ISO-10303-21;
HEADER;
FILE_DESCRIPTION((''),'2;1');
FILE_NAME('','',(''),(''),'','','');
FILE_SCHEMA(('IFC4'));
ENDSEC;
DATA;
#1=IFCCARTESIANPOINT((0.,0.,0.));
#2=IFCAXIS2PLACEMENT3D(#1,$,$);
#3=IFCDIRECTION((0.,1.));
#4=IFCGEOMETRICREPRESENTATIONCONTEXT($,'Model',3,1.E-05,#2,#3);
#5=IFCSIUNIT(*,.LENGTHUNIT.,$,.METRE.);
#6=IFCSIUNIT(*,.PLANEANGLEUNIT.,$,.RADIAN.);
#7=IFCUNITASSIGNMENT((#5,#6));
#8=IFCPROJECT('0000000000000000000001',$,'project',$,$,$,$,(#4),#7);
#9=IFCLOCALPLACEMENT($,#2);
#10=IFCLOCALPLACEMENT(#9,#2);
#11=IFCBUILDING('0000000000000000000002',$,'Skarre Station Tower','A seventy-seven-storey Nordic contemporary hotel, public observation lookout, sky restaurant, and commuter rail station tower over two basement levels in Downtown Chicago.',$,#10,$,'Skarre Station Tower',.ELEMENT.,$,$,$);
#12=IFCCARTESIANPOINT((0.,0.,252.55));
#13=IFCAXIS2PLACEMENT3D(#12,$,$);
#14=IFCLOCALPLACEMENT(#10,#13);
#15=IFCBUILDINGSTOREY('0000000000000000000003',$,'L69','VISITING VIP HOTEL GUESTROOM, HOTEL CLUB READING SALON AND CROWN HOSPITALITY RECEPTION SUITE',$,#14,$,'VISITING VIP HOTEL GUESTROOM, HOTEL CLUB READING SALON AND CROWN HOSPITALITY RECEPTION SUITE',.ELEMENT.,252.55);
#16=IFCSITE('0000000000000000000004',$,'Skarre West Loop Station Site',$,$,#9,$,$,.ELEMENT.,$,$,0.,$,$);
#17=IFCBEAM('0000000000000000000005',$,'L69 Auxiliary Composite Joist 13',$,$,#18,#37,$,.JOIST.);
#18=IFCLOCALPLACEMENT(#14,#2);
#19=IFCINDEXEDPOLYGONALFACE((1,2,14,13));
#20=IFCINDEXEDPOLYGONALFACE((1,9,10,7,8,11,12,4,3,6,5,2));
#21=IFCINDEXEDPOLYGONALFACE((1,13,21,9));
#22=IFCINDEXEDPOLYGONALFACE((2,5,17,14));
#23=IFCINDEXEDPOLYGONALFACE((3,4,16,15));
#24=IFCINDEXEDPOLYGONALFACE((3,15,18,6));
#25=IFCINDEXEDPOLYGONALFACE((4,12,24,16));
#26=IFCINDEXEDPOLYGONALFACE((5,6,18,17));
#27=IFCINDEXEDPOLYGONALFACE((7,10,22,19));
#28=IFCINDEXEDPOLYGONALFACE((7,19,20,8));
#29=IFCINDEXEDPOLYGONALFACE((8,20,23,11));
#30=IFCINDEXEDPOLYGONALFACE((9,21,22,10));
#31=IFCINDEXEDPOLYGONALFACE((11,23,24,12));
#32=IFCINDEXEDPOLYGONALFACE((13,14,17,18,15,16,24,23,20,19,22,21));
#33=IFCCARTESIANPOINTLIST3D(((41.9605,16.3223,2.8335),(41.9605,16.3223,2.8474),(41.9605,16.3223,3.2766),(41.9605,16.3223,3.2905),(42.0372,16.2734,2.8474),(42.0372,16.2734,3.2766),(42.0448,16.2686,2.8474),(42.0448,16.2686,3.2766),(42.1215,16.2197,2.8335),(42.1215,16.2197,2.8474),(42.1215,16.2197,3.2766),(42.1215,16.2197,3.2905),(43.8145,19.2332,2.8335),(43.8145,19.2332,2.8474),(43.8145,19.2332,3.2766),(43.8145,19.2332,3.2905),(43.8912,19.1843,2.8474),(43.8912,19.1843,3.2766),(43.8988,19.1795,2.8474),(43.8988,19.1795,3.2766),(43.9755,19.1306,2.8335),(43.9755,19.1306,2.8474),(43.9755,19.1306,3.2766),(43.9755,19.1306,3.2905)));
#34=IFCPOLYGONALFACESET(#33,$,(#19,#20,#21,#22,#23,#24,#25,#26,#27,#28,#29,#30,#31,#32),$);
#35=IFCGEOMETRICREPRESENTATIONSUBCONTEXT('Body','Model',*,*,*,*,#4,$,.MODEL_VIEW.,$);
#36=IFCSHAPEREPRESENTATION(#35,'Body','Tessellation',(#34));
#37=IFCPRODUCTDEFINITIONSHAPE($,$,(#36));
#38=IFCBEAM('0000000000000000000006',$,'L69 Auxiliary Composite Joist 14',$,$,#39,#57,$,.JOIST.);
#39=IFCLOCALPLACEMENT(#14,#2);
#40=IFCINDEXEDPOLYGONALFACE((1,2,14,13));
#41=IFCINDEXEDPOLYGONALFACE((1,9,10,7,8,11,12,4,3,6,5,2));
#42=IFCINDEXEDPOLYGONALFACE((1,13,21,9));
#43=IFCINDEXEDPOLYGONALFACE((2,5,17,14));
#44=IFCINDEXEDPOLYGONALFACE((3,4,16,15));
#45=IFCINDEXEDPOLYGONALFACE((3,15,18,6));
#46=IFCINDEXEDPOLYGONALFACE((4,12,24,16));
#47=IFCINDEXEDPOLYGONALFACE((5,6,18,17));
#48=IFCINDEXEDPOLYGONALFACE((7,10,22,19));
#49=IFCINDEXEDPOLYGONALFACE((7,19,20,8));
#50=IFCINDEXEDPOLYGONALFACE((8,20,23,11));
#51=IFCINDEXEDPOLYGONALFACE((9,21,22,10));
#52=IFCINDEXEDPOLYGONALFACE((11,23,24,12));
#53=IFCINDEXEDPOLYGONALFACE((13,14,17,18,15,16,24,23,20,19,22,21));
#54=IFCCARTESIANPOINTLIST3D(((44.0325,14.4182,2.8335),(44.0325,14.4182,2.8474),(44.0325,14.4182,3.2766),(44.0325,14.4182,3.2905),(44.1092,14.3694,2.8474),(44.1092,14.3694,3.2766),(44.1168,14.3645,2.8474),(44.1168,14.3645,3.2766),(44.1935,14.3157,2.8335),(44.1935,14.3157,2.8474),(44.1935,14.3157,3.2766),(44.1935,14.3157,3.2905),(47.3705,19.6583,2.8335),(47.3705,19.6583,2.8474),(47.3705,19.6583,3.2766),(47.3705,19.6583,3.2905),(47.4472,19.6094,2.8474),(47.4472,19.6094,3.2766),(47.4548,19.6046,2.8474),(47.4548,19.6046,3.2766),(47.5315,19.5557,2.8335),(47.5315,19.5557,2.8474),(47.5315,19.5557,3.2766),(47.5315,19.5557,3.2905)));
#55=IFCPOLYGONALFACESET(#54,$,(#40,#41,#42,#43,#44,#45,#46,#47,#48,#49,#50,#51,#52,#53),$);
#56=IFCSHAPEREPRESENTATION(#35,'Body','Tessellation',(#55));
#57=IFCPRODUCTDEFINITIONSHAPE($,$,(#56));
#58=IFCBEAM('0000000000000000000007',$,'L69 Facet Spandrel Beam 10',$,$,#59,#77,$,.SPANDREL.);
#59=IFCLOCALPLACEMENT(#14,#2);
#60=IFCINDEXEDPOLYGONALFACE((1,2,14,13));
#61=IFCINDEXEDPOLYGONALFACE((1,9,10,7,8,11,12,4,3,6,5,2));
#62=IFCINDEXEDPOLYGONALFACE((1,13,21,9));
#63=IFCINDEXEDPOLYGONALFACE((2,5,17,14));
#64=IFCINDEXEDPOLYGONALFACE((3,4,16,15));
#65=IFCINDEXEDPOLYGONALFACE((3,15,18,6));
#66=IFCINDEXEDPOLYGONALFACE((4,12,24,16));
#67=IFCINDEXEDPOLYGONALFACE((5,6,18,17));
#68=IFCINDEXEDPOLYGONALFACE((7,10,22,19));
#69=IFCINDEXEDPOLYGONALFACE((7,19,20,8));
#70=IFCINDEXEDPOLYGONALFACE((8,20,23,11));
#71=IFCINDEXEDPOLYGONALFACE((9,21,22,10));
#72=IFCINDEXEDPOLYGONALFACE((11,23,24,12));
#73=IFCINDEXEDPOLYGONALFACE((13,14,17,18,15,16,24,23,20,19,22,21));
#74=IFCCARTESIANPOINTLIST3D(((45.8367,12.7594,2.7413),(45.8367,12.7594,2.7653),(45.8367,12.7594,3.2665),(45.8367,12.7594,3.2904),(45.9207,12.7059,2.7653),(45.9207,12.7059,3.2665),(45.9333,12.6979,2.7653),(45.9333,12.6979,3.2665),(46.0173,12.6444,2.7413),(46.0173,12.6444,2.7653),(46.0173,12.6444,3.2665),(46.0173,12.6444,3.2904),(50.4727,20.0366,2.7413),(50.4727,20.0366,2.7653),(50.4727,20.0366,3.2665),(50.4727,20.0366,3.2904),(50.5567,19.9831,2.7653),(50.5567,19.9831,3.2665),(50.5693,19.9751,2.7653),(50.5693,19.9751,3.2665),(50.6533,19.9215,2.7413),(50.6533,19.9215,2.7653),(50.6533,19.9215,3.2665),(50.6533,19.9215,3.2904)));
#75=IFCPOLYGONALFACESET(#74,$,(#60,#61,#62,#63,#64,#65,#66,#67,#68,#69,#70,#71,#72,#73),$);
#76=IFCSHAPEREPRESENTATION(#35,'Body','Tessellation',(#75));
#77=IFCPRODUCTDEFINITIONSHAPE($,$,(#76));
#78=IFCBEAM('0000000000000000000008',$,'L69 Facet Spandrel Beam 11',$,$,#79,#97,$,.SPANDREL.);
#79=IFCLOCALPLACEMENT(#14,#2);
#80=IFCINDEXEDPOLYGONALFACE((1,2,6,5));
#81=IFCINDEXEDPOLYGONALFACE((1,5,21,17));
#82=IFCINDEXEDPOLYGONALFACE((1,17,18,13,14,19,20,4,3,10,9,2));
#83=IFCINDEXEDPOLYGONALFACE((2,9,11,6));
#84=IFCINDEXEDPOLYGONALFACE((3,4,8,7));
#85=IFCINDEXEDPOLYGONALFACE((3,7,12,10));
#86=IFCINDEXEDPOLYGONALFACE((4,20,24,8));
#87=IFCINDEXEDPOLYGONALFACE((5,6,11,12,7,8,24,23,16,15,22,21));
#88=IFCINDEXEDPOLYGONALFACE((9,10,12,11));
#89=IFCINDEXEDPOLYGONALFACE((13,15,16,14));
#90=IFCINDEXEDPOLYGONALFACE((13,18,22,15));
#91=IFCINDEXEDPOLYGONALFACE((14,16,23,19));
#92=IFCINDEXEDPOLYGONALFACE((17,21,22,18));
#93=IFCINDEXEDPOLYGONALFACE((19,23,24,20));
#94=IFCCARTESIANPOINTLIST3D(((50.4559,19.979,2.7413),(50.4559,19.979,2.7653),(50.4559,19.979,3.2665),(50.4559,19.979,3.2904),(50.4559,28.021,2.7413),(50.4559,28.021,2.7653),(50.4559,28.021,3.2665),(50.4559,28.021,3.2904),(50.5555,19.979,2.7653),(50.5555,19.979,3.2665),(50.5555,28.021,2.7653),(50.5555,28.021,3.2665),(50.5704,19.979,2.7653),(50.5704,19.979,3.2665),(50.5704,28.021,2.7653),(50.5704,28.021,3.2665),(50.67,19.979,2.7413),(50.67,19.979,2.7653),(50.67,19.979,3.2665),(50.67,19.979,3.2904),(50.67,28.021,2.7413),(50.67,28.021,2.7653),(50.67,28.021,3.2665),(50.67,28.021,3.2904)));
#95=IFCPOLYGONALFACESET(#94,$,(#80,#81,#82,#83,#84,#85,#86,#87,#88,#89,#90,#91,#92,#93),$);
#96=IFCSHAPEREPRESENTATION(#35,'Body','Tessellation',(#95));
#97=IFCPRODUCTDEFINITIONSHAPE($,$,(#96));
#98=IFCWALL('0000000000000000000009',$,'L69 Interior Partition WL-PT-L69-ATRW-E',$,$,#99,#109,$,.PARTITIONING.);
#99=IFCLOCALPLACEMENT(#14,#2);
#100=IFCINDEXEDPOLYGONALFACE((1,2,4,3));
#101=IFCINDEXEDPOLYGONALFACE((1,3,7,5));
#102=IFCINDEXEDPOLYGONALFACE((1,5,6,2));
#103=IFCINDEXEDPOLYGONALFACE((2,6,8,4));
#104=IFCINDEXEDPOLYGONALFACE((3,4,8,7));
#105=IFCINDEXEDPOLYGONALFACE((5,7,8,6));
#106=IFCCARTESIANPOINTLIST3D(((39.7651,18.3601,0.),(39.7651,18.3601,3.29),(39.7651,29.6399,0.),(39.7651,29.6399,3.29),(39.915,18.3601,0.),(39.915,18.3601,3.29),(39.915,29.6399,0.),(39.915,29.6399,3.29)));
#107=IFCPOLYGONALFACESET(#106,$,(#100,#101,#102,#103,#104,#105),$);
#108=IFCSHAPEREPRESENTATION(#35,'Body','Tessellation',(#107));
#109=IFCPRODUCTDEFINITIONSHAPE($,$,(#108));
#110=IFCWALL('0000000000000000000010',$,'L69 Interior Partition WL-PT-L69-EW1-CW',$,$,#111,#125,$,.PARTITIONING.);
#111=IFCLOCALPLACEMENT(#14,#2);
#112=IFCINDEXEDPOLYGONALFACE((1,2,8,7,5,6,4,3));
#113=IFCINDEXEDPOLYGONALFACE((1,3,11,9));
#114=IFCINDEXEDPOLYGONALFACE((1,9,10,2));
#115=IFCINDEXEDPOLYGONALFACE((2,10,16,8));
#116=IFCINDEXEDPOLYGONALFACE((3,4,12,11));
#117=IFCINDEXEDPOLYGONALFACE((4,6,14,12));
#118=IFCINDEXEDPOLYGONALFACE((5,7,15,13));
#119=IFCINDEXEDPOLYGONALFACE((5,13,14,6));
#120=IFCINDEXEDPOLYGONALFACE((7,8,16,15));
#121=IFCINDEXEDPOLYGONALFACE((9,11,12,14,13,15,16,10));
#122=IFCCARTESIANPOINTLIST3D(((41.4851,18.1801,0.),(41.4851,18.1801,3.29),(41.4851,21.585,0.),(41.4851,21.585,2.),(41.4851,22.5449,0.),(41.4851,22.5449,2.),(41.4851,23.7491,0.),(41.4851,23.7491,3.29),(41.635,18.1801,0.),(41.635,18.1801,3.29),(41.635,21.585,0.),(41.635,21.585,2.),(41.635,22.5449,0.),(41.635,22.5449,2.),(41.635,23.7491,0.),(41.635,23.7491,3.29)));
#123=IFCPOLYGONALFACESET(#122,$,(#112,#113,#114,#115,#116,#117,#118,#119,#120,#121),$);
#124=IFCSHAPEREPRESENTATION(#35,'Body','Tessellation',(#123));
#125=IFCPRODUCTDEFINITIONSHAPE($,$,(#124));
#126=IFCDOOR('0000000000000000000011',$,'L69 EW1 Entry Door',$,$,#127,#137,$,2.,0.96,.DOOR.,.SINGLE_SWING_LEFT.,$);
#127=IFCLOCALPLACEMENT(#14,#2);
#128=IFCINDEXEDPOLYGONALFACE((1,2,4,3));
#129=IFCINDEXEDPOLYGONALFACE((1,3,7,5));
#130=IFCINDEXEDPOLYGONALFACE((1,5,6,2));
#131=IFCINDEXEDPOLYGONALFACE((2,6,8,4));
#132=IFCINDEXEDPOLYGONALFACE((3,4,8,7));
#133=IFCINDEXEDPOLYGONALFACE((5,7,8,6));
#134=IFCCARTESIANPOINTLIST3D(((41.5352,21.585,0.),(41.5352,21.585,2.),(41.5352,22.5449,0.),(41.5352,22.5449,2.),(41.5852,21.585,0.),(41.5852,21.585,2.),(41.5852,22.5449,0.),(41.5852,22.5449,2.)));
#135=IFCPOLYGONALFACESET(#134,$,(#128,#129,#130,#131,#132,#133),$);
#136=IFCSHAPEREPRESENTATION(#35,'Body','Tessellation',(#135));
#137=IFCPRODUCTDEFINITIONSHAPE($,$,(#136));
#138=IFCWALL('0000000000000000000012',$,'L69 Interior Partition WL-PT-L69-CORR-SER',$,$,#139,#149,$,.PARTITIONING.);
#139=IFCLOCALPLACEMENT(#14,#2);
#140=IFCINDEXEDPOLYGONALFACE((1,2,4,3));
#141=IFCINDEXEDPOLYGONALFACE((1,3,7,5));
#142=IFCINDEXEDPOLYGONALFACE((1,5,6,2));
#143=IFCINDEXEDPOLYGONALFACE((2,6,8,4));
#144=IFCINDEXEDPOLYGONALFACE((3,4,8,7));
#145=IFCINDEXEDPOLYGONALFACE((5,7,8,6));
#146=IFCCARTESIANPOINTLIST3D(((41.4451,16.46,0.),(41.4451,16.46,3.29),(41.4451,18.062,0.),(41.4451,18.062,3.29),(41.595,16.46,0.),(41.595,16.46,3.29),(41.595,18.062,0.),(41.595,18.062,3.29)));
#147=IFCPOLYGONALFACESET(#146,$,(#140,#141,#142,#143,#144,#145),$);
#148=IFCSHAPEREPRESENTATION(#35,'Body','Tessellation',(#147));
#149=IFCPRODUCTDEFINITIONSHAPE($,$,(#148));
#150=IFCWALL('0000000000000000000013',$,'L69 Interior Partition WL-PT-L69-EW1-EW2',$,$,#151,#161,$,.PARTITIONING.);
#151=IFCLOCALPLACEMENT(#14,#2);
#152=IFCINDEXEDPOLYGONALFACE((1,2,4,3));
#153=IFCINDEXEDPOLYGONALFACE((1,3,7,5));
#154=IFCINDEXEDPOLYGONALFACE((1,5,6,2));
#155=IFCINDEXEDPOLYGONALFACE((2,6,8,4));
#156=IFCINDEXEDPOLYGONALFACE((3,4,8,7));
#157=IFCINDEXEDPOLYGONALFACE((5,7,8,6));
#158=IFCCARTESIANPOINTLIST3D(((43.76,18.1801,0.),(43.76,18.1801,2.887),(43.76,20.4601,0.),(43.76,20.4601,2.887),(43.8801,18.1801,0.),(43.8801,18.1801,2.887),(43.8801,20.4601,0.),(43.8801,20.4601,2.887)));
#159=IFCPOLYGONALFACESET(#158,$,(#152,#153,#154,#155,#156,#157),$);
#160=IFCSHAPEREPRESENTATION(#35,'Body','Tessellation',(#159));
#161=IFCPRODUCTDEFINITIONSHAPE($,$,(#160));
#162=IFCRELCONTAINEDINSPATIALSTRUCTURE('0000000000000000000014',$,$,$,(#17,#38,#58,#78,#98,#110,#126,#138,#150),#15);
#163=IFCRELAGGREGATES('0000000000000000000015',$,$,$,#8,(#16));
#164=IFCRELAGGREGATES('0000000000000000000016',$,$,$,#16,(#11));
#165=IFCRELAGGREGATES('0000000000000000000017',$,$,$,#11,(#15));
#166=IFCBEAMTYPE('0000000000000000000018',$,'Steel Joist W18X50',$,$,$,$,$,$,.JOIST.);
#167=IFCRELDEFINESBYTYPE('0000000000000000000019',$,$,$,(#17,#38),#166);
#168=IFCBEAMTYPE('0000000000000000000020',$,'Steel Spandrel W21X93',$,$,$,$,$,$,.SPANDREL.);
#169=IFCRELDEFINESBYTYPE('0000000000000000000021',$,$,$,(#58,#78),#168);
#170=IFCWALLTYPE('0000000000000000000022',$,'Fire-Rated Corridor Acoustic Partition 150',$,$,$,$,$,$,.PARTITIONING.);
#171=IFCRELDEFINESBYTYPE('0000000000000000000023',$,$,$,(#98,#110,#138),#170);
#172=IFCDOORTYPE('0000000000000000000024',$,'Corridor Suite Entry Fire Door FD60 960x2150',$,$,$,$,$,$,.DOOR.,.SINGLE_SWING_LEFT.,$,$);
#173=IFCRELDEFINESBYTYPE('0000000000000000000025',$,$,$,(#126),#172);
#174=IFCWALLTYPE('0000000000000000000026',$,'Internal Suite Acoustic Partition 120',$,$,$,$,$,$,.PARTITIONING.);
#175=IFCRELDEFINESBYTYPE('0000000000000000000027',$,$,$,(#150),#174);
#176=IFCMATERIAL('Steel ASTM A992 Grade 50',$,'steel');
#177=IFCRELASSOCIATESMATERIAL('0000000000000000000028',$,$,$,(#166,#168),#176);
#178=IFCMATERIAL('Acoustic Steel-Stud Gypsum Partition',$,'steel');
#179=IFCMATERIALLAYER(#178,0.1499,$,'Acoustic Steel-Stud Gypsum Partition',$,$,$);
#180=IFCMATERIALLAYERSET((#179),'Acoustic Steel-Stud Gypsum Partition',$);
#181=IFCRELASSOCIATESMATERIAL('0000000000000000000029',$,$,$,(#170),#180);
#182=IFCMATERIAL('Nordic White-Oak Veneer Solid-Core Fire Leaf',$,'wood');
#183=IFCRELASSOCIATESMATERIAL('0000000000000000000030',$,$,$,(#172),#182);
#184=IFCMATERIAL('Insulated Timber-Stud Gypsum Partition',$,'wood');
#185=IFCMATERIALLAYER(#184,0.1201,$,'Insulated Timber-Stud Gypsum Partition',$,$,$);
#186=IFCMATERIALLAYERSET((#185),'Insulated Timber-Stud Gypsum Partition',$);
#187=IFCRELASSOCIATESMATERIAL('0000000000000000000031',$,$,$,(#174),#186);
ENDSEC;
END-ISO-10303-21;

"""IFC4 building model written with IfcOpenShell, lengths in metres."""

from ifc_helpers import new_model, si_unit, direction, frame, frame_2d, origin, origin_2d, place, context, subcontext, project, spatial, rectangle, i_section, extrude, material, layer, layer_set, material_profile, profile_set, type_object, element, fill, save


model = new_model("IFC4")

# Units and contexts
model_context = context("Model", 3, precision=1e-05, world=origin(), true_north=direction((0.0, 1.0)))
body_context = subcontext(model_context, "Body", "Model", "MODEL_VIEW")
ifc_project = project(units=[si_unit("LENGTHUNIT", "METRE"), si_unit("PLANEANGLEUNIT", "RADIAN")], contexts=[model_context])

# Site, building, storey
site_placement = place(None, origin())
site = spatial("IfcSite", under=ifc_project, at=site_placement, Name="Skarre West Loop Station Site", CompositionType="ELEMENT", RefElevation=0.0)
building_placement = place(site_placement, origin())
building = spatial("IfcBuilding", under=site, at=building_placement, Name="Skarre Station Tower", Description="A seventy-seven-storey Nordic contemporary hotel, public observation lookout, sky restaurant, and commuter rail station tower over two basement levels in Downtown Chicago.", LongName="Skarre Station Tower", CompositionType="ELEMENT")
storey_placement = place(building_placement, frame((0.0, 0.0, 252.55)))
storey = spatial("IfcBuildingStorey", under=building, at=storey_placement, Name="L69", Description="VISITING VIP HOTEL GUESTROOM, HOTEL CLUB READING SALON AND CROWN HOSPITALITY RECEPTION SUITE", LongName="VISITING VIP HOTEL GUESTROOM, HOTEL CLUB READING SALON AND CROWN HOSPITALITY RECEPTION SUITE", CompositionType="ELEMENT", Elevation=252.55)

# Beams
ifc_material_1 = material(Name="Steel ASTM A992 Grade 50", Category="steel")
ifc_material_profile_1 = material_profile(ifc_material_1, i_section(OverallWidth=0.1909, OverallDepth=0.457, WebThickness=0.009, FlangeThickness=0.0139, at=origin_2d()), Name="Steel ASTM A992 Grade 50")
ifc_profile_set_1 = profile_set([ifc_material_profile_1], Name="Steel ASTM A992 Grade 50")
beam_type_1 = type_object("IfcBeamType", Name="Steel Joist W18X50", PredefinedType="JOIST", material=ifc_profile_set_1)
beam_1_placement = place(storey_placement, frame((42.041, 16.271, 3.062), z_axis=(0.53721, 0.843449, 0.0), x_axis=(-0.843449, 0.53721, 0.0)))
element("IfcBeam", 1, at=beam_1_placement, inside=storey, type_object=beam_type_1, Name="L69 Auxiliary Composite Joist 13", PredefinedType="JOIST", context=body_context, shape_type="SweptSolid", body=[
    extrude(i_section(OverallWidth=0.1909, OverallDepth=0.457, WebThickness=0.009, FlangeThickness=0.0139, at=origin_2d()), origin(), (0.0, 0.0, 1.0), 3.4512),
])
beam_2_placement = place(storey_placement, frame((44.113, 14.3669, 3.062), z_axis=(0.537259, 0.843417, 0.0), x_axis=(-0.843417, 0.537259, 0.0)))
element("IfcBeam", 2, at=beam_2_placement, inside=storey, type_object=beam_type_1, Name="L69 Auxiliary Composite Joist 14", PredefinedType="JOIST", context=body_context, shape_type="SweptSolid", body=[
    extrude(i_section(OverallWidth=0.1909, OverallDepth=0.457, WebThickness=0.009, FlangeThickness=0.0139, at=origin_2d()), origin(), (0.0, 0.0, 1.0), 6.2129),
])
ifc_material_profile_2 = material_profile(ifc_material_1, i_section(OverallWidth=0.2141, OverallDepth=0.5491, WebThickness=0.0149, FlangeThickness=0.0239, at=origin_2d()), Name="Steel ASTM A992 Grade 50")
ifc_profile_set_2 = profile_set([ifc_material_profile_2], Name="Steel ASTM A992 Grade 50")
beam_type_2 = type_object("IfcBeamType", Name="Steel Spandrel W21X93", PredefinedType="SPANDREL", material=ifc_profile_set_2)
beam_3_placement = place(storey_placement, frame((45.927, 12.7019, 3.0159), z_axis=(0.537297, 0.843393, 0.0), x_axis=(-0.843393, 0.537297, 0.0)))
element("IfcBeam", 3, at=beam_3_placement, inside=storey, type_object=beam_type_2, Name="L69 Facet Spandrel Beam 10", PredefinedType="SPANDREL", context=body_context, shape_type="SweptSolid", body=[
    extrude(i_section(OverallWidth=0.2141, OverallDepth=0.5491, WebThickness=0.0149, FlangeThickness=0.0239, at=origin_2d()), origin(), (0.0, 0.0, 1.0), 8.6284),
])
beam_4_placement = place(storey_placement, frame((50.563, 19.979, 3.0159), z_axis=(0.0, 1.0, 0.0), x_axis=(-1.0, 0.0, 0.0)))
element("IfcBeam", 4, at=beam_4_placement, inside=storey, type_object=beam_type_2, Name="L69 Facet Spandrel Beam 11", PredefinedType="SPANDREL", context=body_context, shape_type="SweptSolid", body=[
    extrude(i_section(OverallWidth=0.2141, OverallDepth=0.5491, WebThickness=0.0149, FlangeThickness=0.0239, at=origin_2d()), origin(), (0.0, 0.0, 1.0), 8.042),
])

# Wall
ifc_material_2 = material(Name="Acoustic Steel-Stud Gypsum Partition", Category="steel")
ifc_layer_1 = layer(ifc_material_2, 0.1499, Name="Acoustic Steel-Stud Gypsum Partition")
ifc_layer_set_1 = layer_set([ifc_layer_1], Name="Acoustic Steel-Stud Gypsum Partition")
wall_type_1 = type_object("IfcWallType", Name="Fire-Rated Corridor Acoustic Partition 150", PredefinedType="PARTITIONING", material=ifc_layer_set_1)
wall_1_placement = place(storey_placement, frame((39.8401, 18.3601, 0.0), z_axis=(0.0, 0.0, 1.0), x_axis=(0.0, 1.0, 0.0)))
element("IfcWall", 5, at=wall_1_placement, inside=storey, type_object=wall_type_1, Name="L69 Interior Partition WL-PT-L69-ATRW-E", PredefinedType="PARTITIONING", context=body_context, shape_type="SweptSolid", body=[
    extrude(rectangle(XDim=11.2798, YDim=0.1499, at=frame_2d((5.6399, 0.0))), origin(), (0.0, 0.0, 1.0), 3.29),
])

# Wall, opening, door
wall_2_placement = place(storey_placement, frame((41.5601, 18.1799, 0.0), z_axis=(0.0, 0.0, 1.0), x_axis=(0.0, 1.0, 0.0)))
wall_2 = element("IfcWall", 6, at=wall_2_placement, inside=storey, type_object=wall_type_1, Name="L69 Interior Partition WL-PT-L69-EW1-CW", PredefinedType="PARTITIONING", context=body_context, shape_type="SweptSolid", body=[
    extrude(rectangle(XDim=5.5691, YDim=0.1499, at=frame_2d((2.7847, 0.0))), origin(), (0.0, 0.0, 1.0), 3.29),
])
opening_1_placement = place(wall_2_placement, frame((3.405, 0.0, 0.0)))
opening_1 = element("IfcOpeningElement", 7, at=opening_1_placement, cuts=wall_2, PredefinedType="OPENING", context=body_context, shape_type="SweptSolid", body=[
    extrude(rectangle(XDim=0.96, YDim=2.0, at=frame_2d((0.48, 1.0))), frame((0.0, 0.085, 0.0), z_axis=(0.0, -1.0, 0.0), x_axis=(1.0, 0.0, 0.0)), (0.0, 0.0, 1.0), 0.1699),
])
ifc_material_3 = material(Name="Nordic White-Oak Veneer Solid-Core Fire Leaf", Category="wood")
door_type_1 = type_object("IfcDoorType", Name="Corridor Suite Entry Fire Door FD60 960x2150", OperationType="SINGLE_SWING_LEFT", PredefinedType="DOOR", material=ifc_material_3)
door_1_placement = place(opening_1_placement, origin())
door_1 = element("IfcDoor", 8, at=door_1_placement, inside=storey, type_object=door_type_1, Name="L69 EW1 Entry Door", OperationType="SINGLE_SWING_LEFT", OverallHeight=2.0, OverallWidth=0.96, PredefinedType="DOOR", context=body_context, shape_type="SweptSolid", body=[
    extrude(rectangle(XDim=0.96, YDim=2.0, at=frame_2d((0.48, 1.0))), frame((0.0, 0.0249, 0.0), z_axis=(0.0, -1.0, 0.0), x_axis=(1.0, 0.0, 0.0)), (0.0, 0.0, 1.0), 0.05),
])
fill(opening_1, door_1)

# Walls
wall_3_placement = place(storey_placement, frame((41.52, 16.46, 0.0), z_axis=(0.0, 0.0, 1.0), x_axis=(0.0, 1.0, 0.0)))
element("IfcWall", 9, at=wall_3_placement, inside=storey, type_object=wall_type_1, Name="L69 Interior Partition WL-PT-L69-CORR-SER", PredefinedType="PARTITIONING", context=body_context, shape_type="SweptSolid", body=[
    extrude(rectangle(XDim=1.6021, YDim=0.1499, at=frame_2d((0.801, 0.0))), origin(), (0.0, 0.0, 1.0), 3.29),
])
ifc_material_4 = material(Name="Insulated Timber-Stud Gypsum Partition", Category="wood")
ifc_layer_2 = layer(ifc_material_4, 0.1201, Name="Insulated Timber-Stud Gypsum Partition")
ifc_layer_set_2 = layer_set([ifc_layer_2], Name="Insulated Timber-Stud Gypsum Partition")
wall_type_2 = type_object("IfcWallType", Name="Internal Suite Acoustic Partition 120", PredefinedType="PARTITIONING", material=ifc_layer_set_2)
wall_4_placement = place(storey_placement, frame((43.8201, 18.1799, 0.0), z_axis=(0.0, 0.0, 1.0), x_axis=(0.0, 1.0, 0.0)))
element("IfcWall", 10, at=wall_4_placement, inside=storey, type_object=wall_type_2, Name="L69 Interior Partition WL-PT-L69-EW1-EW2", PredefinedType="PARTITIONING", context=body_context, shape_type="SweptSolid", body=[
    extrude(rectangle(XDim=2.28, YDim=0.1201, at=frame_2d((1.1401, 0.0))), origin(), (0.0, 0.0, 1.0), 2.887),
])

save(model, "model.ifc")
